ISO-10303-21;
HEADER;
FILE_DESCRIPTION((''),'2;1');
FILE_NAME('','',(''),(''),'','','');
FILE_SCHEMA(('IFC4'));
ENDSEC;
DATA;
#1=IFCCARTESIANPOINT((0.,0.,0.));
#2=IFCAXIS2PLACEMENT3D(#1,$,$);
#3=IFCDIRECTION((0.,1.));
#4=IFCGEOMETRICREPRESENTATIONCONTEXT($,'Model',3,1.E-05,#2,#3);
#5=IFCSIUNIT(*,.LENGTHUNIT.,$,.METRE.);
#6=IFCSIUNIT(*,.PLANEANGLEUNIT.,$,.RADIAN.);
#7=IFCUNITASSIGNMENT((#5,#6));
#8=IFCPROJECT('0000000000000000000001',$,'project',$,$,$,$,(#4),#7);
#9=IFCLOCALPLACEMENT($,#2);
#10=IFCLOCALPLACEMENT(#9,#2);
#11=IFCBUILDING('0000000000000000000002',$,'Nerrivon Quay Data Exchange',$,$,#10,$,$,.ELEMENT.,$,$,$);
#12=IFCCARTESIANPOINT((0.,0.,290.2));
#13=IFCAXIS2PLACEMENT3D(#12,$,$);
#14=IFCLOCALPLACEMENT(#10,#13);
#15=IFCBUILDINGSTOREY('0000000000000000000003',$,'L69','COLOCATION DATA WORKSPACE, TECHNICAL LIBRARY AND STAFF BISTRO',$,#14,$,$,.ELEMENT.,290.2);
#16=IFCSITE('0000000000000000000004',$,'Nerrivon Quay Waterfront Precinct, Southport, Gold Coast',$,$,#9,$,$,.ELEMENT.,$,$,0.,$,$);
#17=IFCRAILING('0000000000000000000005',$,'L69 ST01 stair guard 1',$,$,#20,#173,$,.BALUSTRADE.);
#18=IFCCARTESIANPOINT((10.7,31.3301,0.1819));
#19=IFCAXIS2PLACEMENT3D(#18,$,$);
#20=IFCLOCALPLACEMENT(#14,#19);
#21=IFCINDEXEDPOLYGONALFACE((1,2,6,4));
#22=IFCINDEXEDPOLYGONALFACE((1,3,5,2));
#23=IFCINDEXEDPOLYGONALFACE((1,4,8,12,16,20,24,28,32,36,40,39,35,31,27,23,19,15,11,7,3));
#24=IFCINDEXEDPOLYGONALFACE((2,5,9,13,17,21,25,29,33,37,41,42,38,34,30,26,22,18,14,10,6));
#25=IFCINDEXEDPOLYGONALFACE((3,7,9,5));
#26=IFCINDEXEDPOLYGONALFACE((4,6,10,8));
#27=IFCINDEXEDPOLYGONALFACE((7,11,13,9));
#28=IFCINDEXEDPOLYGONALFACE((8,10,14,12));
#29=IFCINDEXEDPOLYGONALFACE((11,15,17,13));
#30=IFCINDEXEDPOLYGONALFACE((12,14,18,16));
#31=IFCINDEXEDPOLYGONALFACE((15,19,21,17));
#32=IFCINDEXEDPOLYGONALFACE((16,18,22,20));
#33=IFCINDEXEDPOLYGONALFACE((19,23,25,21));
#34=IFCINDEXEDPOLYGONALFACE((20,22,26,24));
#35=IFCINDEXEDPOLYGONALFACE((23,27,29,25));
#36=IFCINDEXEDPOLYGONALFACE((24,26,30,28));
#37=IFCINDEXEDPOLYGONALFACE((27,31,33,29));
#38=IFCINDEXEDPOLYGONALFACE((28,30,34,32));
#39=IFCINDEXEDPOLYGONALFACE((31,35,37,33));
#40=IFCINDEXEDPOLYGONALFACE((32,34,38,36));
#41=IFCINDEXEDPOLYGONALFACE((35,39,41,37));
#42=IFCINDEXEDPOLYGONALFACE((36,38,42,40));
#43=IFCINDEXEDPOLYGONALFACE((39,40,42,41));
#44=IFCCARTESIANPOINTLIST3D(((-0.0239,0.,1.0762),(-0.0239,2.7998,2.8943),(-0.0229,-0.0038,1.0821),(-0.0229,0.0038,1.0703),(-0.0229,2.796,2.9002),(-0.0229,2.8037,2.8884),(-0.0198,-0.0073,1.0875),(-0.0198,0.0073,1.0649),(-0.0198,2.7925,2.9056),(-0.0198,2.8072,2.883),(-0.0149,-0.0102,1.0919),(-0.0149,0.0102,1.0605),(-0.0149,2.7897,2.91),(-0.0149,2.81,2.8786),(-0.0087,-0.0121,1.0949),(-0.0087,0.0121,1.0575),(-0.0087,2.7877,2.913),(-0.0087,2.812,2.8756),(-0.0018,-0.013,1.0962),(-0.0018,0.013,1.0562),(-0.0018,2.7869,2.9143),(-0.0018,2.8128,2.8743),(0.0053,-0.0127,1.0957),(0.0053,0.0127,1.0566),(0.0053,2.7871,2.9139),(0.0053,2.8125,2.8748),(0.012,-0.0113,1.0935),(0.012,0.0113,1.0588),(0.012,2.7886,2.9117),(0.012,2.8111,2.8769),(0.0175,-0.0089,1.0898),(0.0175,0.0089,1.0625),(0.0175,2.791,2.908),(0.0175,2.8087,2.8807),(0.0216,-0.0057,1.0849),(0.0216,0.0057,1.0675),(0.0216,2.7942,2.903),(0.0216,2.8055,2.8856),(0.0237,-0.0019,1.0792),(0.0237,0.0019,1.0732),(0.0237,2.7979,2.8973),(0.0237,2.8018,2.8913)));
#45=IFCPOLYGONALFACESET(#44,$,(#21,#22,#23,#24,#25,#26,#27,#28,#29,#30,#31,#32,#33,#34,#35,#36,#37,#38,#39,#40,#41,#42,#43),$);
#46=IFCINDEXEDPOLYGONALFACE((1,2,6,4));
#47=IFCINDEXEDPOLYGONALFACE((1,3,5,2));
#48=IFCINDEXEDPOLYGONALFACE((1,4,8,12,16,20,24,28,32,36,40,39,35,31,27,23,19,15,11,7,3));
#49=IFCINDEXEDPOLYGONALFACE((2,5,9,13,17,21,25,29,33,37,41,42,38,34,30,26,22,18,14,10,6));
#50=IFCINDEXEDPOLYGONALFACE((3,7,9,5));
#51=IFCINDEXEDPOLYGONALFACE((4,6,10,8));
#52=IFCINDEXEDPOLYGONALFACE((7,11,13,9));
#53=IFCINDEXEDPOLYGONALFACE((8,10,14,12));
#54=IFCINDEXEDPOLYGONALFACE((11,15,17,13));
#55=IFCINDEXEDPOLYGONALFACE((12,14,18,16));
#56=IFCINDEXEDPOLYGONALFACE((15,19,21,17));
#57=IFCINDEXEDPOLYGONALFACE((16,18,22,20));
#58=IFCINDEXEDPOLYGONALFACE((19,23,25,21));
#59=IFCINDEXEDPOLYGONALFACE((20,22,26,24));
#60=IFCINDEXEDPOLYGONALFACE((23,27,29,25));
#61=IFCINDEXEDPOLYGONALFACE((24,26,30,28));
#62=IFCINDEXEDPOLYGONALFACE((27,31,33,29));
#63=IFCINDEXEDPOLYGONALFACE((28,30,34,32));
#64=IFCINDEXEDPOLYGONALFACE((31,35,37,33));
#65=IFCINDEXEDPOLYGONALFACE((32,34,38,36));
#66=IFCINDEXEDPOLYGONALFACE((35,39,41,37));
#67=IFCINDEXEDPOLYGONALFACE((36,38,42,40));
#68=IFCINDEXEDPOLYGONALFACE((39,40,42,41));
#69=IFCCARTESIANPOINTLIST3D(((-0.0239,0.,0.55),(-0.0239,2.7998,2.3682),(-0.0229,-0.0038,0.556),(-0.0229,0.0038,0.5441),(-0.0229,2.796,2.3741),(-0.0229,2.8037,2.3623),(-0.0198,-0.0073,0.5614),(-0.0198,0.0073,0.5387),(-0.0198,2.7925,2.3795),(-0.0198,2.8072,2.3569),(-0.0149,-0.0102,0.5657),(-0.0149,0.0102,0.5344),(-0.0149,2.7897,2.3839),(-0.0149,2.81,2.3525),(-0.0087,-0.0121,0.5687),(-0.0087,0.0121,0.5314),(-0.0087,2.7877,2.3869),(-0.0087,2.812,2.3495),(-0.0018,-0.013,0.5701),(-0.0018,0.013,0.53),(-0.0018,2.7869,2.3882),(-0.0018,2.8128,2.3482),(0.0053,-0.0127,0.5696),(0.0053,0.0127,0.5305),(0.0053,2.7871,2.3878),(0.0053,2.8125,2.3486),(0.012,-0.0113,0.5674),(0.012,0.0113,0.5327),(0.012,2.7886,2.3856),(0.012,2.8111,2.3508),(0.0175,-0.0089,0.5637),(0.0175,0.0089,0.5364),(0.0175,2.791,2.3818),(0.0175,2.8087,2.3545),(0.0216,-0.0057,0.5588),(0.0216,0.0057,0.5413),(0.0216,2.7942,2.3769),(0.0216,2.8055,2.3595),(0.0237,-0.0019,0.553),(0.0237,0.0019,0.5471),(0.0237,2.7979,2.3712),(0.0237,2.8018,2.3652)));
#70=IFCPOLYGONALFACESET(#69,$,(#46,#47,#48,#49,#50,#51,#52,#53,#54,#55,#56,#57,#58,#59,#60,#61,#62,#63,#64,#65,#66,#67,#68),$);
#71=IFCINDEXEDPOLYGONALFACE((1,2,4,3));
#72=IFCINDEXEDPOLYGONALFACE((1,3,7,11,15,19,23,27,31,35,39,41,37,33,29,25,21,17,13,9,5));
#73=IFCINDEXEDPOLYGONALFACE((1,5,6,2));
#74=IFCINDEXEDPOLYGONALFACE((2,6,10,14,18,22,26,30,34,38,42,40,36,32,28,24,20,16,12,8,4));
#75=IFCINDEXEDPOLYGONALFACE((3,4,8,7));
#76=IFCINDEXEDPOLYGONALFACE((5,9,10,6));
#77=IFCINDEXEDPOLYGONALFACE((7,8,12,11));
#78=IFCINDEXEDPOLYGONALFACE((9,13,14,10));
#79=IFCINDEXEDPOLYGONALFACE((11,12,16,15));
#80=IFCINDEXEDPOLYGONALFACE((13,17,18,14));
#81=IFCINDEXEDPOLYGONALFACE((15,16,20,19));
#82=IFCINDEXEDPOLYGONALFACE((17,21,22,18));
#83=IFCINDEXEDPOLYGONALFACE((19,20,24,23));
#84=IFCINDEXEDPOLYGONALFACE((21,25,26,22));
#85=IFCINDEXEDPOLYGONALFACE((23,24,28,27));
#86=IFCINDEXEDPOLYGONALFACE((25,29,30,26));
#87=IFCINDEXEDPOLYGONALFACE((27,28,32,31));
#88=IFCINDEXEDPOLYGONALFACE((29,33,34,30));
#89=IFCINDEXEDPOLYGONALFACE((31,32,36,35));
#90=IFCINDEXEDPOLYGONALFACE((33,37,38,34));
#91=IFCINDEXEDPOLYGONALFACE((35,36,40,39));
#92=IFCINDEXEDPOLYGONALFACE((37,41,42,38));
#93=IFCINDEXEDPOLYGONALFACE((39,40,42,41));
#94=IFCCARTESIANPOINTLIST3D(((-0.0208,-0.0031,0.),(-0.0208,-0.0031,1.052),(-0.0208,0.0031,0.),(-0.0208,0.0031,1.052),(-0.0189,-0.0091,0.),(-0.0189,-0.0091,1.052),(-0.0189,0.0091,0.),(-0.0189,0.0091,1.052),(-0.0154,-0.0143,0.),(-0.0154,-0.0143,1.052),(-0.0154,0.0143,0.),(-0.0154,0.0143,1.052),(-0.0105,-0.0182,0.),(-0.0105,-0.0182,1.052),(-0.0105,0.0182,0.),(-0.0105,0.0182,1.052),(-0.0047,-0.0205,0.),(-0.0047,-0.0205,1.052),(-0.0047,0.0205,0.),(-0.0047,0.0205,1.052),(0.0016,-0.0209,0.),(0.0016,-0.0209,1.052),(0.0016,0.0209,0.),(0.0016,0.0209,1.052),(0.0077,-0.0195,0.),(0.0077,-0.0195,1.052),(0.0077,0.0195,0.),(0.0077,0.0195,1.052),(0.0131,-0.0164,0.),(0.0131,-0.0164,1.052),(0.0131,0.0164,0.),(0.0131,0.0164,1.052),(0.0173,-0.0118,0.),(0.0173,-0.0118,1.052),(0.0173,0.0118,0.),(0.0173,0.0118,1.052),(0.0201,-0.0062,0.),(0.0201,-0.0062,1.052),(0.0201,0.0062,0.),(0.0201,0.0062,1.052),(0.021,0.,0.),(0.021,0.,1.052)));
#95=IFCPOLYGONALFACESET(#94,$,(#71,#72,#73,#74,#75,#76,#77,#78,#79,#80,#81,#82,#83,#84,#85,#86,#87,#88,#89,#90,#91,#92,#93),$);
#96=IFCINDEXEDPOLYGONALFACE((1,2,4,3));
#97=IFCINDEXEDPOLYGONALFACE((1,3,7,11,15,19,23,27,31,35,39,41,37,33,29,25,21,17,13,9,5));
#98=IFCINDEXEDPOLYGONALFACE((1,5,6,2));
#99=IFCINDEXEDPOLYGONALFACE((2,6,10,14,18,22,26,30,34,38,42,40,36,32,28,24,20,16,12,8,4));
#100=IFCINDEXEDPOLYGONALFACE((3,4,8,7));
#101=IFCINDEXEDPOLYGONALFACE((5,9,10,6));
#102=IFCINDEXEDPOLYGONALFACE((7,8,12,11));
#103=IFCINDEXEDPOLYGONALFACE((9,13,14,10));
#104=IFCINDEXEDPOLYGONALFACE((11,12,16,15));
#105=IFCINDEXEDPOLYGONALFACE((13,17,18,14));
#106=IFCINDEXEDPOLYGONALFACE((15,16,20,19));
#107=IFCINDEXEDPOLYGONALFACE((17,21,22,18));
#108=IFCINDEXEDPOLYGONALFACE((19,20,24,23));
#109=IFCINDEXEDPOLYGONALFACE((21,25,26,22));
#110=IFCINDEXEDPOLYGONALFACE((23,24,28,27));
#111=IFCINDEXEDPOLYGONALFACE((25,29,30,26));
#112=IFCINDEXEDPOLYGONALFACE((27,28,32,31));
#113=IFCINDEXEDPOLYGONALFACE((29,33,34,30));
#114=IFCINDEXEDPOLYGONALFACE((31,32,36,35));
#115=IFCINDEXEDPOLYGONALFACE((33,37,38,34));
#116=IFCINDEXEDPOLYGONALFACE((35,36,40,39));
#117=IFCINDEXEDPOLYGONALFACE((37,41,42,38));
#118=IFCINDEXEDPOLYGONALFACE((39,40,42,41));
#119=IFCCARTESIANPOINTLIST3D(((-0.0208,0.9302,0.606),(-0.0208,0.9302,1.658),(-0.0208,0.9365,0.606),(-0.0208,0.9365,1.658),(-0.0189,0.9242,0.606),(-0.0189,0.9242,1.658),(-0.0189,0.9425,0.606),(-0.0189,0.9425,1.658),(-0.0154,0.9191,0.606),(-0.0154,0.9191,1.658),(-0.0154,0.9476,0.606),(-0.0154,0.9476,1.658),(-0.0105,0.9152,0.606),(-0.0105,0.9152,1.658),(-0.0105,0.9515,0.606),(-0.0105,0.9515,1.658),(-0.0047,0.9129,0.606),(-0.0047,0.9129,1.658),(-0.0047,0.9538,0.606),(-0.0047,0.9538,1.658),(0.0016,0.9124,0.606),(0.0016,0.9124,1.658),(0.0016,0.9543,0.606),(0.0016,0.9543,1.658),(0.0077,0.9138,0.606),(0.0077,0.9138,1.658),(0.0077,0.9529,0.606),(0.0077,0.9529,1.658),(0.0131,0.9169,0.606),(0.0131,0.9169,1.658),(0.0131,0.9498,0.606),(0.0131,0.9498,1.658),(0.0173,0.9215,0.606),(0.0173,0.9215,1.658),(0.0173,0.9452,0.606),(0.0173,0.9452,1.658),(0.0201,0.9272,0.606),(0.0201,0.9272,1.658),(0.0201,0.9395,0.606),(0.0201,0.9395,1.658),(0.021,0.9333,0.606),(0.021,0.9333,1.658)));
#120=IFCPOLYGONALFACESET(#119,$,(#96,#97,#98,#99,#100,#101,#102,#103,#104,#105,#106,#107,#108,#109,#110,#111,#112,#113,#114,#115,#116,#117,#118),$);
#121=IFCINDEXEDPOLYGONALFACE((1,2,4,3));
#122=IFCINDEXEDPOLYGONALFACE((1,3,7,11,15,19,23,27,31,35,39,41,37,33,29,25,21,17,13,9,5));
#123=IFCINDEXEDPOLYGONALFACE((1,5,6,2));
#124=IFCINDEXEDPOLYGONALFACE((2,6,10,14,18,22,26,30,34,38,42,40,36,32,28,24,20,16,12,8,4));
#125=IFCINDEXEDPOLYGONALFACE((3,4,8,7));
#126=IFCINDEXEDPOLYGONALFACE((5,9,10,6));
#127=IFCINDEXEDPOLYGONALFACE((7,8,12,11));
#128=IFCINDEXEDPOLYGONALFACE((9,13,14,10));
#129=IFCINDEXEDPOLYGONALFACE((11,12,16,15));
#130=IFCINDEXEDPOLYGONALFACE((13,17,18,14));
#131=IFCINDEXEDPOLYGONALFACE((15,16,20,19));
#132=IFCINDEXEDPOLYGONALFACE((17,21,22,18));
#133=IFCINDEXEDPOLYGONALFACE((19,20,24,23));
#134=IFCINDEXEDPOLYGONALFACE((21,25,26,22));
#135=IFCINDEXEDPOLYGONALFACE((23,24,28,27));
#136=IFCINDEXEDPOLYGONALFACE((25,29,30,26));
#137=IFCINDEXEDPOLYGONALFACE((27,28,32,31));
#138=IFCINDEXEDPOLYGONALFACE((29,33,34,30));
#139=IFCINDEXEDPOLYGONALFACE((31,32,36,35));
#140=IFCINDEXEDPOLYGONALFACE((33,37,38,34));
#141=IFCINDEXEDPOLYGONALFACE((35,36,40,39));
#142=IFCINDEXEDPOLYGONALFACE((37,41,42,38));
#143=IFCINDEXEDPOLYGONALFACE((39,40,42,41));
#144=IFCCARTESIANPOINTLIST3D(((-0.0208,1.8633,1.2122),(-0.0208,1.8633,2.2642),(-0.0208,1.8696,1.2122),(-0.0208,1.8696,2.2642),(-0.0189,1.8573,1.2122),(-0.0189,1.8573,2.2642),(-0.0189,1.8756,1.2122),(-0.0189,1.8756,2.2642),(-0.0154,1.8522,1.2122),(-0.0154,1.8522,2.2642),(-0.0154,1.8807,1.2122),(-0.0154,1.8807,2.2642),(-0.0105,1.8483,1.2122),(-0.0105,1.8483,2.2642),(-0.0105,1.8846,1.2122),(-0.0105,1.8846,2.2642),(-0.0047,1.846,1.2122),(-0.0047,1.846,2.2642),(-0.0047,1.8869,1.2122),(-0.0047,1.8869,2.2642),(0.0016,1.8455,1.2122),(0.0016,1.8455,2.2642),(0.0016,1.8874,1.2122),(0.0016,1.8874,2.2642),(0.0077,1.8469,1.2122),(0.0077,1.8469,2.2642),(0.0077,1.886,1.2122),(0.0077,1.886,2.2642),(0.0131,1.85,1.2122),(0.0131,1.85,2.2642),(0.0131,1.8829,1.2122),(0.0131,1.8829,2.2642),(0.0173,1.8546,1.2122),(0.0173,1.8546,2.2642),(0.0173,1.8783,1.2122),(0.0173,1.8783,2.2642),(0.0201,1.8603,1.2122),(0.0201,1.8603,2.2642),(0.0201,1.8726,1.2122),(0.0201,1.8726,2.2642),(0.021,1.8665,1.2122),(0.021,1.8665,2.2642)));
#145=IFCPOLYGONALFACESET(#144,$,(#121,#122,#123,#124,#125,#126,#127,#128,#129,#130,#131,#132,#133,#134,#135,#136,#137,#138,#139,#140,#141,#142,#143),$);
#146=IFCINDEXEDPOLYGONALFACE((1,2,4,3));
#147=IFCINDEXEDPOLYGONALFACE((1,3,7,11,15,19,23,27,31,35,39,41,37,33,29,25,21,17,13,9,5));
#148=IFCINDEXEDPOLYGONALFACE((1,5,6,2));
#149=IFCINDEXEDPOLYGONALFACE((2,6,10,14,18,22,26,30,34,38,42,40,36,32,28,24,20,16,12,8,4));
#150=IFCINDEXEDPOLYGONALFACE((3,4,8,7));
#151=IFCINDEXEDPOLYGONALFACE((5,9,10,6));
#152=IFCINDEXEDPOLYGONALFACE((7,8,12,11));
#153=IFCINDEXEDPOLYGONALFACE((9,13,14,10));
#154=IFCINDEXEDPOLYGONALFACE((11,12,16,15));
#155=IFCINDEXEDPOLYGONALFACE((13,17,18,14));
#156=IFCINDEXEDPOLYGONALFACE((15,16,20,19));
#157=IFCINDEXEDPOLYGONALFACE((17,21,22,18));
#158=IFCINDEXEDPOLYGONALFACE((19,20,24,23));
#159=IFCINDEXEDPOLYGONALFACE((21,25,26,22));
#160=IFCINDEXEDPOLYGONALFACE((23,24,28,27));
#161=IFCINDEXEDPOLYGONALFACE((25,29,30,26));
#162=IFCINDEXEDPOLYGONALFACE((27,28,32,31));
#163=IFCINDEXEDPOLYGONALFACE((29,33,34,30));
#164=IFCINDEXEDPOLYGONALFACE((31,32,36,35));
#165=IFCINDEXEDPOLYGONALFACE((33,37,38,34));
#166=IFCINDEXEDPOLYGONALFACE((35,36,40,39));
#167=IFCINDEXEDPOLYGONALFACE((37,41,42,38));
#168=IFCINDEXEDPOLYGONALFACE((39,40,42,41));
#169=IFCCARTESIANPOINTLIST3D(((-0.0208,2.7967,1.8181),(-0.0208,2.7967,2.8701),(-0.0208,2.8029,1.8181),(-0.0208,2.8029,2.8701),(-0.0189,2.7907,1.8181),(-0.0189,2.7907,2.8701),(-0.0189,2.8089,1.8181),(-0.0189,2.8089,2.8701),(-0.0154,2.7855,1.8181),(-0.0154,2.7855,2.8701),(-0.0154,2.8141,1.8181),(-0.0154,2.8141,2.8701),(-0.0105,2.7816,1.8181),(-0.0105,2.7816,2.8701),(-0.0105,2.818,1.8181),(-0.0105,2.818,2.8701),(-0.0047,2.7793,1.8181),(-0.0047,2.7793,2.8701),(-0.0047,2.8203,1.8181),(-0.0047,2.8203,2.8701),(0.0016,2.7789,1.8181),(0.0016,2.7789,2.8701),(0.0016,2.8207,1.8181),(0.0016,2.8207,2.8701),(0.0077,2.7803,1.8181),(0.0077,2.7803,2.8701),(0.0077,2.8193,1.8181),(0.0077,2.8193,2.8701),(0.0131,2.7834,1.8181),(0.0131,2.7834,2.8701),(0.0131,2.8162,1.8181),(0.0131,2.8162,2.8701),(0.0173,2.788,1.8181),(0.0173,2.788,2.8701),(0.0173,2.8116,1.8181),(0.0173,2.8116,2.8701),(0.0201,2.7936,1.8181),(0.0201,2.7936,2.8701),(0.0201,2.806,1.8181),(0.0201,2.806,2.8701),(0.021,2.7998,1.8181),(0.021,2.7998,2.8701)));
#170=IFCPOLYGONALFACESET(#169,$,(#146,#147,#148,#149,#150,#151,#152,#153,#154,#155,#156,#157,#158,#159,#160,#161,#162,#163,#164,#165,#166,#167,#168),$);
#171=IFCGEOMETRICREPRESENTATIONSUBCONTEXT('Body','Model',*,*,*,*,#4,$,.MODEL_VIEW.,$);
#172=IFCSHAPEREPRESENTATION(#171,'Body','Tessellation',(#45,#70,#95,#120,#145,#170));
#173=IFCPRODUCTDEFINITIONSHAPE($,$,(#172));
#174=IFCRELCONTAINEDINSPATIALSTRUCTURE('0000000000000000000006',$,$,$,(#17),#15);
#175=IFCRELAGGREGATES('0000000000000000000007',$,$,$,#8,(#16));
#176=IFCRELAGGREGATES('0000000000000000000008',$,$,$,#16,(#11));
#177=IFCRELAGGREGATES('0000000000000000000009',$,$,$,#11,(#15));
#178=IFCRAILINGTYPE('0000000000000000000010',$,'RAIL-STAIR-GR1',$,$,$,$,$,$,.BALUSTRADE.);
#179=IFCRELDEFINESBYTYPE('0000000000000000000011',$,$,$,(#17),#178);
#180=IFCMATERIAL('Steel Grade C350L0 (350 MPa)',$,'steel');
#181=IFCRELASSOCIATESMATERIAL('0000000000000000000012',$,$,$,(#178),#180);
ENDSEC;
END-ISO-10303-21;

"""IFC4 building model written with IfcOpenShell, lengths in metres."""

from ifc_helpers import new_model, si_unit, direction, frame, origin, origin_2d, place, context, subcontext, project, spatial, circle, extrude, material, type_object, element, save


model = new_model("IFC4")

# Units and contexts
model_context = context("Model", 3, precision=1e-05, world=origin(), true_north=direction((0.0, 1.0)))
body_context = subcontext(model_context, "Body", "Model", "MODEL_VIEW")
ifc_project = project(units=[si_unit("LENGTHUNIT", "METRE"), si_unit("PLANEANGLEUNIT", "RADIAN")], contexts=[model_context])

# Site, building, storey
site_placement = place(None, origin())
site = spatial("IfcSite", under=ifc_project, at=site_placement, Name="Nerrivon Quay Waterfront Precinct, Southport, Gold Coast", CompositionType="ELEMENT", RefElevation=0.0)
building_placement = place(site_placement, origin())
building = spatial("IfcBuilding", under=site, at=building_placement, Name="Nerrivon Quay Data Exchange", CompositionType="ELEMENT")
storey_placement = place(building_placement, frame((0.0, 0.0, 290.2)))
storey = spatial("IfcBuildingStorey", under=building, at=storey_placement, Name="L69", Description="COLOCATION DATA WORKSPACE, TECHNICAL LIBRARY AND STAFF BISTRO", CompositionType="ELEMENT", Elevation=290.2)

# Railing
ifc_material_1 = material(Name="Steel Grade C350L0 (350 MPa)", Category="steel")
railing_type_1 = type_object("IfcRailingType", Name="RAIL-STAIR-GR1", PredefinedType="BALUSTRADE", material=ifc_material_1)
railing_1_placement = place(storey_placement, frame((10.7, 31.3301, 0.1819)))
element("IfcRailing", 1, at=railing_1_placement, inside=storey, type_object=railing_type_1, Name="L69 ST01 stair guard 1", PredefinedType="BALUSTRADE", context=body_context, shape_type="SweptSolid", body=[
    extrude(circle(Radius=0.0239, at=origin_2d()), frame((0.0, 0.0, 1.0762), z_axis=(0.0, 0.838684, 0.544618), x_axis=(-1.0, 0.0, 0.0)), (0.0, 0.0, 1.0), 3.3384),
    extrude(circle(Radius=0.0239, at=origin_2d()), frame((0.0, 0.0, 0.55), z_axis=(0.0, 0.838684, 0.544618), x_axis=(-1.0, 0.0, 0.0)), (0.0, 0.0, 1.0), 3.3384),
    extrude(circle(Radius=0.021, at=origin_2d()), origin(), (0.0, 0.0, 1.0), 1.052),
    extrude(circle(Radius=0.021, at=origin_2d()), frame((0.0, 0.9333, 0.606)), (0.0, 0.0, 1.0), 1.052),
    extrude(circle(Radius=0.021, at=origin_2d()), frame((0.0, 1.8665, 1.2122)), (0.0, 0.0, 1.0), 1.052),
    extrude(circle(Radius=0.021, at=origin_2d()), frame((0.0, 2.7998, 1.8181)), (0.0, 0.0, 1.0), 1.052),
])

save(model, "model.ifc")
